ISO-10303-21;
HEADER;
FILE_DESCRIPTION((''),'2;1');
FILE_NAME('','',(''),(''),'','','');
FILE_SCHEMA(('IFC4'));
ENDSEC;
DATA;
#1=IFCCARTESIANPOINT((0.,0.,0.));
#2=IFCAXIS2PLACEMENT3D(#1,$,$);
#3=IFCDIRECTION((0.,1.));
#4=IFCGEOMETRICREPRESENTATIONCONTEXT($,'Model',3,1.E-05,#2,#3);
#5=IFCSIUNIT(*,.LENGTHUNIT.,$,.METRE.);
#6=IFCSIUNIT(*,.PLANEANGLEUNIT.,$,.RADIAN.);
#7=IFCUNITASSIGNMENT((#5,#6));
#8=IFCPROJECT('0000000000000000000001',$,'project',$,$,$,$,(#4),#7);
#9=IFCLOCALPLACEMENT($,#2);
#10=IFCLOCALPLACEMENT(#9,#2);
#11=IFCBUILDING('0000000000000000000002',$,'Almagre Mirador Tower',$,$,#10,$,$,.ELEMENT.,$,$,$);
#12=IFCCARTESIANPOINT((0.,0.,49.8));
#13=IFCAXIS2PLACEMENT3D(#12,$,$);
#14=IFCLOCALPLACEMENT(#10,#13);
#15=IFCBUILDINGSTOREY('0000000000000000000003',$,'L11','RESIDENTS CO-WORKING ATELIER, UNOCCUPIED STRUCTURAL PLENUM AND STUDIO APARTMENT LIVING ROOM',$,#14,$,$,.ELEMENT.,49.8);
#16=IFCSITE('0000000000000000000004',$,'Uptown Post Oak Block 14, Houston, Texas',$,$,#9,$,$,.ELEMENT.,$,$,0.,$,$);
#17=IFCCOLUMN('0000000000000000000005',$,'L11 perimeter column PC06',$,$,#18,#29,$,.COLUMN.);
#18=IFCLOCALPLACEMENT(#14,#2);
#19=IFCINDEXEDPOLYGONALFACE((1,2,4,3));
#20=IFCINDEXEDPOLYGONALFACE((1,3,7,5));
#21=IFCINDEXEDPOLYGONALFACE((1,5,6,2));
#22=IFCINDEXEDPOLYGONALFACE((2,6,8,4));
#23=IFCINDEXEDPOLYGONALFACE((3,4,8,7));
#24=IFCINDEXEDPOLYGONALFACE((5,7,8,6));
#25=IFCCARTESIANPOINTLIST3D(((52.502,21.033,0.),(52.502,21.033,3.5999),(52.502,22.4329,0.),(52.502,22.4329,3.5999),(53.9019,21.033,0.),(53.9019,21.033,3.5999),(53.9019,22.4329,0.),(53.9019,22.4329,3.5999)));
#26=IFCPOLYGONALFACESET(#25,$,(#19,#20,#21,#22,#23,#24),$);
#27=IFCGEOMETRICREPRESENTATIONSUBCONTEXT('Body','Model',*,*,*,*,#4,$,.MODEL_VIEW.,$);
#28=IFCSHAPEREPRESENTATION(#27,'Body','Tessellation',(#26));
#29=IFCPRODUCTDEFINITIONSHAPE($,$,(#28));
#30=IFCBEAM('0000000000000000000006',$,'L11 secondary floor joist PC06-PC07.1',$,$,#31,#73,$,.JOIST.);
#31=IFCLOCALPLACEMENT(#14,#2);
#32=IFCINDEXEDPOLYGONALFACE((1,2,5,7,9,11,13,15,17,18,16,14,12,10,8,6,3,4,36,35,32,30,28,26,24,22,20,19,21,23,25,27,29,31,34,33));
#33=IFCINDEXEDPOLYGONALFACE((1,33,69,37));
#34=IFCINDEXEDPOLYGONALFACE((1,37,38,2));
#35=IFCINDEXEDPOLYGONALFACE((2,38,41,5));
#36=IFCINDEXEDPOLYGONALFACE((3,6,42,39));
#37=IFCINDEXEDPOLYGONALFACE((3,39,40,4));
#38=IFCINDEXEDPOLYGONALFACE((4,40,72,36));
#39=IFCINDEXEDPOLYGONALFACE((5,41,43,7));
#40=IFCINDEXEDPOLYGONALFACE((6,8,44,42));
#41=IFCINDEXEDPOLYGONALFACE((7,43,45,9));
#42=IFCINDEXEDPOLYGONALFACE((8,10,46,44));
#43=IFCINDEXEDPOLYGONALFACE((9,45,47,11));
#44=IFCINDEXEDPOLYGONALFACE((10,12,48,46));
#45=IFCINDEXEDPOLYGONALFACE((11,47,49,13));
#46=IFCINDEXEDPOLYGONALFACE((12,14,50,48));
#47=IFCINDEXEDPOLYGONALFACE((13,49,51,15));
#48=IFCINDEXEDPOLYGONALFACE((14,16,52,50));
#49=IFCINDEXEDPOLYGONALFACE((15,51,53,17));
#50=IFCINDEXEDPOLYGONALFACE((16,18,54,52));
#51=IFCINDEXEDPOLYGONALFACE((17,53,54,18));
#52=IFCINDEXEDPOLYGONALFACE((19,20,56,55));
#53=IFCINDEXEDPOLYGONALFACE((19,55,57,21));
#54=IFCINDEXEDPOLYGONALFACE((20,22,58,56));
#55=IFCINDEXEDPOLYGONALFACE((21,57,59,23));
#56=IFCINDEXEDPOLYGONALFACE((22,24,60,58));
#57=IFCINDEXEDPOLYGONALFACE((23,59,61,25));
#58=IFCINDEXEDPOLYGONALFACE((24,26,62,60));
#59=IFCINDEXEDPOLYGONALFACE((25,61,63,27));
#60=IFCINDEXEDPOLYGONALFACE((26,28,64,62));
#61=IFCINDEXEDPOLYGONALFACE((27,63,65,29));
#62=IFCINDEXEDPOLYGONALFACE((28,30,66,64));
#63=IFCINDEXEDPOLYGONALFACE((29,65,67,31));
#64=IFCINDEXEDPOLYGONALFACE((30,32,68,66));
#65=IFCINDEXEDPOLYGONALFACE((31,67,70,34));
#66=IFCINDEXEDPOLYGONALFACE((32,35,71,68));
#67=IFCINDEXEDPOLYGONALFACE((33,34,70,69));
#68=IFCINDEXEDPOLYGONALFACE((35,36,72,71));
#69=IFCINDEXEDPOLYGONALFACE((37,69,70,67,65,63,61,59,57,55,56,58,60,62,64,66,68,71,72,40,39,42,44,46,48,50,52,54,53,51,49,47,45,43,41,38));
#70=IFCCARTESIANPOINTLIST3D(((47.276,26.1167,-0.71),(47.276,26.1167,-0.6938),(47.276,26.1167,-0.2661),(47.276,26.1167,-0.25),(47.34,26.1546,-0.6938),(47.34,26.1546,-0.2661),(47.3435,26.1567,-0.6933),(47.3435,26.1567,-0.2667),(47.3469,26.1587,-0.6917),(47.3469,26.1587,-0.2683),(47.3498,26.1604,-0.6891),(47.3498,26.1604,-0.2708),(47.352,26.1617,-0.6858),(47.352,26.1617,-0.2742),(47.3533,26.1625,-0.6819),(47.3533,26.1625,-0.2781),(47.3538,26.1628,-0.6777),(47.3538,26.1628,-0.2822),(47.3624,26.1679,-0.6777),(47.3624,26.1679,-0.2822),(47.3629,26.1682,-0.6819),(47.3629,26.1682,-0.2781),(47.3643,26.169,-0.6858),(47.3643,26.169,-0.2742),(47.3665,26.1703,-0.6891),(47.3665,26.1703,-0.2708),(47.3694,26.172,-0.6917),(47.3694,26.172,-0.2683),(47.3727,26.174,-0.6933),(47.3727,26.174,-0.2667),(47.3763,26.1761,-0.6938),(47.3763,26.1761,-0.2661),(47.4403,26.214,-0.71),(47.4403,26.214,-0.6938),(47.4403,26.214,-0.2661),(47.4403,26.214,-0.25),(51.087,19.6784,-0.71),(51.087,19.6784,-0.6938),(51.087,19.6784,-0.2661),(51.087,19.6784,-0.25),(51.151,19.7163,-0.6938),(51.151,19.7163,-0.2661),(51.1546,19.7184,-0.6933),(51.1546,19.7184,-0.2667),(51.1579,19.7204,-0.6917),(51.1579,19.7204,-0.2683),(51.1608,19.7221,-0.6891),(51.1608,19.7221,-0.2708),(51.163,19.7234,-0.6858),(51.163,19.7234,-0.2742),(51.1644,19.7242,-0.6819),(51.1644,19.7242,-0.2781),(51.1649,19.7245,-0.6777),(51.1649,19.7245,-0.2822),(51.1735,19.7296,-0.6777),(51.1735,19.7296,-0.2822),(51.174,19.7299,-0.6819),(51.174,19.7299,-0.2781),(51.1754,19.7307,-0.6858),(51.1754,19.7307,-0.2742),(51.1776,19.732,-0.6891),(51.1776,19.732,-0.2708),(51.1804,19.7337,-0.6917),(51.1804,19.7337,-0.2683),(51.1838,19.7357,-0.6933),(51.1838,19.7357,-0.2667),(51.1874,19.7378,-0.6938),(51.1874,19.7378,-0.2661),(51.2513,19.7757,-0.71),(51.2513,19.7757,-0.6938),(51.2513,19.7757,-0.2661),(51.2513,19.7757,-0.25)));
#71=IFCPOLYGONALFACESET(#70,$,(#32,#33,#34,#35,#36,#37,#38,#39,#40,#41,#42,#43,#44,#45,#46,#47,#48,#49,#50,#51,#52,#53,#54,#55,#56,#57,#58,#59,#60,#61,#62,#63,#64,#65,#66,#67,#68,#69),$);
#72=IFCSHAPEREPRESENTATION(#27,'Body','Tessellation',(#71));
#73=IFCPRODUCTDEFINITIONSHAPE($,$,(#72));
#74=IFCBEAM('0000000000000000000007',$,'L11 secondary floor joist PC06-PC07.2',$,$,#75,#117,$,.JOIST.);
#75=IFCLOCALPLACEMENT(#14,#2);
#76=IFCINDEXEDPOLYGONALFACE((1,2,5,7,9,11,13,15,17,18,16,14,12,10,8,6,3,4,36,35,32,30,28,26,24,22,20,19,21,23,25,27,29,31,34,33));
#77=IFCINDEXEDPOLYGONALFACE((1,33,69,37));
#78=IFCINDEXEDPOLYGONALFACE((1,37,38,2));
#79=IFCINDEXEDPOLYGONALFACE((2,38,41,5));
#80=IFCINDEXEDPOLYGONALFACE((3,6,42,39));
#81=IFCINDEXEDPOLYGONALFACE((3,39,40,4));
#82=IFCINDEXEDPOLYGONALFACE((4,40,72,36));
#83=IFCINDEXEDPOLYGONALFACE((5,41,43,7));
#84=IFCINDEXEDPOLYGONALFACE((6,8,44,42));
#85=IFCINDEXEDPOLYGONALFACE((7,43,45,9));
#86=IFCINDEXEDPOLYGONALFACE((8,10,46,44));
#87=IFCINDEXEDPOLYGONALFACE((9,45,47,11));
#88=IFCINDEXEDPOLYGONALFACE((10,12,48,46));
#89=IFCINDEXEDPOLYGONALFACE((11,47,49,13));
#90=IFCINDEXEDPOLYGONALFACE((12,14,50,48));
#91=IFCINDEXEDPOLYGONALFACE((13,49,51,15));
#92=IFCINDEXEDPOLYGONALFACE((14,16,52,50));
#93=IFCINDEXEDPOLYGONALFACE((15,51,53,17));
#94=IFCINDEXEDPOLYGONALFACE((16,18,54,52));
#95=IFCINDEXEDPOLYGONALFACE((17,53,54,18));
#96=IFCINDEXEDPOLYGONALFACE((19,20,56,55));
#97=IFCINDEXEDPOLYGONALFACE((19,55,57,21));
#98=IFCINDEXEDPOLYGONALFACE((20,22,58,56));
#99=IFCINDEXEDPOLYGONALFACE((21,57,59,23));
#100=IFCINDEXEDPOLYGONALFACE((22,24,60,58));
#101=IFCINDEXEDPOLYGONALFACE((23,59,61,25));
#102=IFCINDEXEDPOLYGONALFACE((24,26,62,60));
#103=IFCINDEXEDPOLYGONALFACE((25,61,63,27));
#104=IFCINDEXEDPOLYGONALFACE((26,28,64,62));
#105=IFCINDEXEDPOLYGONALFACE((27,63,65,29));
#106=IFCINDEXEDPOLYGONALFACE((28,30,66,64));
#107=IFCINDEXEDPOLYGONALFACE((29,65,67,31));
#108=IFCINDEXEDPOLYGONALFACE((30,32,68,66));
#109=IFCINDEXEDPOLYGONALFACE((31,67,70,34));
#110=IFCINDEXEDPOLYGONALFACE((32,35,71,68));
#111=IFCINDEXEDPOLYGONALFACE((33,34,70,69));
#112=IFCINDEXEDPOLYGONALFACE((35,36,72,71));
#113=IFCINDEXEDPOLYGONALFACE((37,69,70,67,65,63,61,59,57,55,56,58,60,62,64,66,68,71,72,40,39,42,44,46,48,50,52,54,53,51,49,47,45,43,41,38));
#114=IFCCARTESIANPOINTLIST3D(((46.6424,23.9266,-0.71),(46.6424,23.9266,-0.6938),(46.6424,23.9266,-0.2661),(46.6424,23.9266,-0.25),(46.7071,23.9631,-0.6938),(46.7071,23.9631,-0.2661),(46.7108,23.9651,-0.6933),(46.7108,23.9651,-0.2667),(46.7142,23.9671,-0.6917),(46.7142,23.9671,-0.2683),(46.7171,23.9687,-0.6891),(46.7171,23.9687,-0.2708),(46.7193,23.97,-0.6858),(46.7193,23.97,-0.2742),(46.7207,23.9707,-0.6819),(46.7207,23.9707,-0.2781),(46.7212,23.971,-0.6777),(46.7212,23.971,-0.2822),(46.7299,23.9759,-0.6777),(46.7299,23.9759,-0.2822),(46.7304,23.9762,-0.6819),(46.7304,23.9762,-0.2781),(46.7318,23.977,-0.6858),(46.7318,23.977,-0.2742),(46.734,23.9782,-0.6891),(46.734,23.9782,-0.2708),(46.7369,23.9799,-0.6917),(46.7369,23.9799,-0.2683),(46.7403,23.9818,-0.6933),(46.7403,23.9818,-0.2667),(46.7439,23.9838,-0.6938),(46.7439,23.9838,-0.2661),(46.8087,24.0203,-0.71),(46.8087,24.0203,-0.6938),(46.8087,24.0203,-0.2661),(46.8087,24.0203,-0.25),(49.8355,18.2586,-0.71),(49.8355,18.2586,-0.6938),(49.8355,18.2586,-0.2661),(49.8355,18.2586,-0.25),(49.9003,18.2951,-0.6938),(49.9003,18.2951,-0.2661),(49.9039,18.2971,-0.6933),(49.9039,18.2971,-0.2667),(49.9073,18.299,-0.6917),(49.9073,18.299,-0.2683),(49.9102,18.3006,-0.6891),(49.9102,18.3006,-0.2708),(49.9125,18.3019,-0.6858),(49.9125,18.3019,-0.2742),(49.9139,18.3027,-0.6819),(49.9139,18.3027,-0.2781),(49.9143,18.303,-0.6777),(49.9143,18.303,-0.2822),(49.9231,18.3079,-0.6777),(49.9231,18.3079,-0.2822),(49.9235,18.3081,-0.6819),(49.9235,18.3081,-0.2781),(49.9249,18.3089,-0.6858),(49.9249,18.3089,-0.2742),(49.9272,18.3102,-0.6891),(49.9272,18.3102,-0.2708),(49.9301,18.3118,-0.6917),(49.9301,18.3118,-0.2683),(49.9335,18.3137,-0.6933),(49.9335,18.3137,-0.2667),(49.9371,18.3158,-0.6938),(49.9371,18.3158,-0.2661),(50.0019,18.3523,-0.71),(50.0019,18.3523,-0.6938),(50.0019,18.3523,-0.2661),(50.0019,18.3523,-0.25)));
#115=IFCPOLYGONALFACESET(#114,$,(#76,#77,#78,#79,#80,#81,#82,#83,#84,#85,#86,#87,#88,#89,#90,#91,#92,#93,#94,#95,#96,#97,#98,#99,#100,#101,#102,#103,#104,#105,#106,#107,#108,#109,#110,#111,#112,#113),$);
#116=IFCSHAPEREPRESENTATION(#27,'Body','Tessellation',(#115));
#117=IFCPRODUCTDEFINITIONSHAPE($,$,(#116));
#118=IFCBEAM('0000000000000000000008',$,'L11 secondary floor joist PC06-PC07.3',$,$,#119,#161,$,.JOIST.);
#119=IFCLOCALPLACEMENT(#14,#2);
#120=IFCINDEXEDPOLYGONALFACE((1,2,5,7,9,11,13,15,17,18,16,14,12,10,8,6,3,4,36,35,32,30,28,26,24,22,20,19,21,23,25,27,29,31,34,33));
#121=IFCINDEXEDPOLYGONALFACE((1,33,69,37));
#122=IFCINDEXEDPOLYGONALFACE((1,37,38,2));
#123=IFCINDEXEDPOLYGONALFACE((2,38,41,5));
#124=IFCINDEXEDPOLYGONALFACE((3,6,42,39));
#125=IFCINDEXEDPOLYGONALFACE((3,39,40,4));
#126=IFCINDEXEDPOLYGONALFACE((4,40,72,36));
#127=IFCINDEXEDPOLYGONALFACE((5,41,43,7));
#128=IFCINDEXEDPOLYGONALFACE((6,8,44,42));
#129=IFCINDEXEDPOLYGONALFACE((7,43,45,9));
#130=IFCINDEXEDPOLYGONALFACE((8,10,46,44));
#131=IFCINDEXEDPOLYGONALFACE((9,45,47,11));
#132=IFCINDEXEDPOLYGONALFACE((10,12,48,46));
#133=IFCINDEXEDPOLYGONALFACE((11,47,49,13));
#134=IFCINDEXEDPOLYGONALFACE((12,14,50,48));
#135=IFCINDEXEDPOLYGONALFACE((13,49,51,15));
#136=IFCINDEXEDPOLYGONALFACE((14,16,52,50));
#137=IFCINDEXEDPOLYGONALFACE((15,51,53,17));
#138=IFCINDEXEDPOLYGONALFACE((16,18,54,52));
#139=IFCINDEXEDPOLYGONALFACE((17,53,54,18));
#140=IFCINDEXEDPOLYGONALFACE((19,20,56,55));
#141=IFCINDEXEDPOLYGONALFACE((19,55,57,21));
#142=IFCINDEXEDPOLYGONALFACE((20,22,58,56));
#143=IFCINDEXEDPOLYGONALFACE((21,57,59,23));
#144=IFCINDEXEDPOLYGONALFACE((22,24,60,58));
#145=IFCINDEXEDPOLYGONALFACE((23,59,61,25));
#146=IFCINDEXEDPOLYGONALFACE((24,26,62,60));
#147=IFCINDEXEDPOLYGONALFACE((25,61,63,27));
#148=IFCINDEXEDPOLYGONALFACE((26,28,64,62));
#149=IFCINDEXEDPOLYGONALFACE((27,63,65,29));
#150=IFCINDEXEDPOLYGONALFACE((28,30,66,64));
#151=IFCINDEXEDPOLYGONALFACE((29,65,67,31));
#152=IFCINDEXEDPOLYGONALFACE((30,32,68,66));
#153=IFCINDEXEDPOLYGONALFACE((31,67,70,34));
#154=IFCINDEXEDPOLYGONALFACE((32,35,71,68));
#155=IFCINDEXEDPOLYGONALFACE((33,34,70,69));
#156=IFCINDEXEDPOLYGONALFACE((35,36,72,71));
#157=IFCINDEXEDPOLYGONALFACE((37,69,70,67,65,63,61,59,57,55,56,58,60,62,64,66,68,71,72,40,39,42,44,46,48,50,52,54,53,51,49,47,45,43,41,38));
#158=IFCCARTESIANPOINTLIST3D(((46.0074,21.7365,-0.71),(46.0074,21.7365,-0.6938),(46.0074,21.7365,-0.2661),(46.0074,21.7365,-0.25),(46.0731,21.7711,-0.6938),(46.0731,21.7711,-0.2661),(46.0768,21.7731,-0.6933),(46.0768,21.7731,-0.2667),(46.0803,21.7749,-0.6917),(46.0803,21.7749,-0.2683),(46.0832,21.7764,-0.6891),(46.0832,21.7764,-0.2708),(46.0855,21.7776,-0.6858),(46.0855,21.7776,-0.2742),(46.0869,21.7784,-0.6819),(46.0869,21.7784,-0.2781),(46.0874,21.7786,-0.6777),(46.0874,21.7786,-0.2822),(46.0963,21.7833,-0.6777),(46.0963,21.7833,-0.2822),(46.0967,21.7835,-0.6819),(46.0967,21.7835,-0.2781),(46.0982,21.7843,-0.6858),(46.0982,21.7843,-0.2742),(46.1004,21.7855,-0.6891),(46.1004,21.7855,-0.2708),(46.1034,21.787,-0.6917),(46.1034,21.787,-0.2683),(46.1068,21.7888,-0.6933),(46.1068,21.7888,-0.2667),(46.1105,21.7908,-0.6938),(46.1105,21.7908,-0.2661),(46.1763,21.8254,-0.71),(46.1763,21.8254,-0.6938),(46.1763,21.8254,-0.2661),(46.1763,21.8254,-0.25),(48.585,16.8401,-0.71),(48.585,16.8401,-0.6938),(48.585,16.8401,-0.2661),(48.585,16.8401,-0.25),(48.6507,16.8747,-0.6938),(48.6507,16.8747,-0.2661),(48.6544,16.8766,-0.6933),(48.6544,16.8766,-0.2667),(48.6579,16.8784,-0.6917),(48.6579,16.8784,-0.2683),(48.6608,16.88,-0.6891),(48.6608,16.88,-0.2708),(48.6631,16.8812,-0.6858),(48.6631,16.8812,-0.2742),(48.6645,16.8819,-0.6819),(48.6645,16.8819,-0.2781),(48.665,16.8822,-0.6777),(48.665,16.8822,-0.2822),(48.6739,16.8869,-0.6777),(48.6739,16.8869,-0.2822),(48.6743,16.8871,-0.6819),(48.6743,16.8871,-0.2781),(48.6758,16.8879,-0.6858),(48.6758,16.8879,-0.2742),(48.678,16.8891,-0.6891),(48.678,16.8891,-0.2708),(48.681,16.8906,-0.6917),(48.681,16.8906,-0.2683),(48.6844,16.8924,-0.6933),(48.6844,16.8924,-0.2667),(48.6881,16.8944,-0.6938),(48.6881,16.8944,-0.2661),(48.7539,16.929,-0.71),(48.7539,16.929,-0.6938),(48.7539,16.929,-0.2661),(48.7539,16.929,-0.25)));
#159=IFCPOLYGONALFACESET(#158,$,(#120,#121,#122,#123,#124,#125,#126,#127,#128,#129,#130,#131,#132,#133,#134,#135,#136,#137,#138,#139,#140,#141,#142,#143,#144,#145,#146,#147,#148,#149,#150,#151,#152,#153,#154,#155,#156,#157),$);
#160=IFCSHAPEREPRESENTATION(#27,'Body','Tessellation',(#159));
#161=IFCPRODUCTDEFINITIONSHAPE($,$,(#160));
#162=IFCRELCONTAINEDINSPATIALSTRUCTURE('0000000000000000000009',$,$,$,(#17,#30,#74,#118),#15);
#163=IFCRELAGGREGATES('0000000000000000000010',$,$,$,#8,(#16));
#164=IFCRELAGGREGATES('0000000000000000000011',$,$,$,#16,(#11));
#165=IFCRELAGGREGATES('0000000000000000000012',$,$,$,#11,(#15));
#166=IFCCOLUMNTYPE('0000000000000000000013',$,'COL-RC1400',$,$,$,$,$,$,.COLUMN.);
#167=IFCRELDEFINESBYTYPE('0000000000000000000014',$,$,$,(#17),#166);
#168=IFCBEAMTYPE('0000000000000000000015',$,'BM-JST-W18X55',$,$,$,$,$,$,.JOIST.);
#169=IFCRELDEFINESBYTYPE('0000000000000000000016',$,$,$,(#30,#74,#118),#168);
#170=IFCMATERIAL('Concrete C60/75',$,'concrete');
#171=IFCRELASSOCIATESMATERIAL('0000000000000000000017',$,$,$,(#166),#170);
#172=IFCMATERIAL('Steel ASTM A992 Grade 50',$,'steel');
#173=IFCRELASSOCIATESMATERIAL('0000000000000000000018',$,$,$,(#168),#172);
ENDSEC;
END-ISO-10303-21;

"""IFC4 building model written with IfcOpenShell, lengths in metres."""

from ifc_helpers import new_model, si_unit, direction, frame, origin, origin_2d, place, context, subcontext, project, spatial, rectangle, i_section, extrude, material, material_profile, profile_set, type_object, element, save


model = new_model("IFC4")

# Units and contexts
model_context = context("Model", 3, precision=1e-05, world=origin(), true_north=direction((0.0, 1.0)))
body_context = subcontext(model_context, "Body", "Model", "MODEL_VIEW")
ifc_project = project(units=[si_unit("LENGTHUNIT", "METRE"), si_unit("PLANEANGLEUNIT", "RADIAN")], contexts=[model_context])

# Site, building, storey
site_placement = place(None, origin())
site = spatial("IfcSite", under=ifc_project, at=site_placement, Name="Uptown Post Oak Block 14, Houston, Texas", CompositionType="ELEMENT", RefElevation=0.0)
building_placement = place(site_placement, origin())
building = spatial("IfcBuilding", under=site, at=building_placement, Name="Almagre Mirador Tower", CompositionType="ELEMENT")
storey_placement = place(building_placement, frame((0.0, 0.0, 49.8)))
storey = spatial("IfcBuildingStorey", under=building, at=storey_placement, Name="L11", Description="RESIDENTS CO-WORKING ATELIER, UNOCCUPIED STRUCTURAL PLENUM AND STUDIO APARTMENT LIVING ROOM", CompositionType="ELEMENT", Elevation=49.8)

# Column
ifc_material_1 = material(Name="Concrete C60/75", Category="concrete")
ifc_material_profile_1 = material_profile(ifc_material_1, rectangle(XDim=1.3999, YDim=1.3999, at=origin_2d()), Name="RC1400X1400")
ifc_profile_set_1 = profile_set([ifc_material_profile_1], Name="Concrete C60/75")
column_type = type_object("IfcColumnType", Name="COL-RC1400", PredefinedType="COLUMN", material=ifc_profile_set_1)
column_placement = place(storey_placement, frame((53.2019, 21.7329, 0.0), z_axis=(0.0, 0.0, 1.0), x_axis=(1.0, 0.0, 0.0)))
element("IfcColumn", 1, at=column_placement, inside=storey, type_object=column_type, Name="L11 perimeter column PC06", PredefinedType="COLUMN", context=body_context, shape_type="SweptSolid", body=[
    extrude(rectangle(XDim=1.3999, YDim=1.3999, at=origin_2d()), origin(), (0.0, 0.0, 1.0), 3.5999),
])

# Beams
ifc_material_2 = material(Name="Steel ASTM A992 Grade 50", Category="steel")
ifc_material_profile_2 = material_profile(ifc_material_2, i_section(OverallWidth=0.1909, OverallDepth=0.46, WebThickness=0.01, FlangeThickness=0.0161, FilletRadius=0.0161, at=origin_2d()), Name="W18X55")
ifc_profile_set_2 = profile_set([ifc_material_profile_2], Name="Steel ASTM A992 Grade 50")
beam_type_1 = type_object("IfcBeamType", Name="BM-JST-W18X55", PredefinedType="JOIST", material=ifc_profile_set_2)
beam_1_placement = place(storey_placement, frame((51.1692, 19.7271, -0.48), z_axis=(-0.509386, 0.860538, 0.0), x_axis=(-0.860538, -0.509386, 0.0)))
element("IfcBeam", 2, at=beam_1_placement, inside=storey, type_object=beam_type_1, Name="L11 secondary floor joist PC06-PC07.1", PredefinedType="JOIST", context=body_context, shape_type="SweptSolid", body=[
    extrude(i_section(OverallWidth=0.1909, OverallDepth=0.46, WebThickness=0.01, FlangeThickness=0.0161, FilletRadius=0.0161, at=origin_2d()), origin(), (0.0, 0.0, 1.0), 7.4817),
])
beam_2_placement = place(storey_placement, frame((49.9187, 18.3054, -0.48), z_axis=(-0.490831, 0.871255, 0.0), x_axis=(-0.871255, -0.490831, 0.0)))
element("IfcBeam", 3, at=beam_2_placement, inside=storey, type_object=beam_type_1, Name="L11 secondary floor joist PC06-PC07.2", PredefinedType="JOIST", context=body_context, shape_type="SweptSolid", body=[
    extrude(i_section(OverallWidth=0.1909, OverallDepth=0.46, WebThickness=0.01, FlangeThickness=0.0161, FilletRadius=0.0161, at=origin_2d()), origin(), (0.0, 0.0, 1.0), 6.5056),
])
beam_3_placement = place(storey_placement, frame((48.6694, 16.8845, -0.48), z_axis=(-0.465823, 0.884878, 0.0), x_axis=(-0.884878, -0.465823, 0.0)))
element("IfcBeam", 4, at=beam_3_placement, inside=storey, type_object=beam_type_1, Name="L11 secondary floor joist PC06-PC07.3", PredefinedType="JOIST", context=body_context, shape_type="SweptSolid", body=[
    extrude(i_section(OverallWidth=0.1909, OverallDepth=0.46, WebThickness=0.01, FlangeThickness=0.0161, FilletRadius=0.0161, at=origin_2d()), origin(), (0.0, 0.0, 1.0), 5.5334),
])

save(model, "model.ifc")
